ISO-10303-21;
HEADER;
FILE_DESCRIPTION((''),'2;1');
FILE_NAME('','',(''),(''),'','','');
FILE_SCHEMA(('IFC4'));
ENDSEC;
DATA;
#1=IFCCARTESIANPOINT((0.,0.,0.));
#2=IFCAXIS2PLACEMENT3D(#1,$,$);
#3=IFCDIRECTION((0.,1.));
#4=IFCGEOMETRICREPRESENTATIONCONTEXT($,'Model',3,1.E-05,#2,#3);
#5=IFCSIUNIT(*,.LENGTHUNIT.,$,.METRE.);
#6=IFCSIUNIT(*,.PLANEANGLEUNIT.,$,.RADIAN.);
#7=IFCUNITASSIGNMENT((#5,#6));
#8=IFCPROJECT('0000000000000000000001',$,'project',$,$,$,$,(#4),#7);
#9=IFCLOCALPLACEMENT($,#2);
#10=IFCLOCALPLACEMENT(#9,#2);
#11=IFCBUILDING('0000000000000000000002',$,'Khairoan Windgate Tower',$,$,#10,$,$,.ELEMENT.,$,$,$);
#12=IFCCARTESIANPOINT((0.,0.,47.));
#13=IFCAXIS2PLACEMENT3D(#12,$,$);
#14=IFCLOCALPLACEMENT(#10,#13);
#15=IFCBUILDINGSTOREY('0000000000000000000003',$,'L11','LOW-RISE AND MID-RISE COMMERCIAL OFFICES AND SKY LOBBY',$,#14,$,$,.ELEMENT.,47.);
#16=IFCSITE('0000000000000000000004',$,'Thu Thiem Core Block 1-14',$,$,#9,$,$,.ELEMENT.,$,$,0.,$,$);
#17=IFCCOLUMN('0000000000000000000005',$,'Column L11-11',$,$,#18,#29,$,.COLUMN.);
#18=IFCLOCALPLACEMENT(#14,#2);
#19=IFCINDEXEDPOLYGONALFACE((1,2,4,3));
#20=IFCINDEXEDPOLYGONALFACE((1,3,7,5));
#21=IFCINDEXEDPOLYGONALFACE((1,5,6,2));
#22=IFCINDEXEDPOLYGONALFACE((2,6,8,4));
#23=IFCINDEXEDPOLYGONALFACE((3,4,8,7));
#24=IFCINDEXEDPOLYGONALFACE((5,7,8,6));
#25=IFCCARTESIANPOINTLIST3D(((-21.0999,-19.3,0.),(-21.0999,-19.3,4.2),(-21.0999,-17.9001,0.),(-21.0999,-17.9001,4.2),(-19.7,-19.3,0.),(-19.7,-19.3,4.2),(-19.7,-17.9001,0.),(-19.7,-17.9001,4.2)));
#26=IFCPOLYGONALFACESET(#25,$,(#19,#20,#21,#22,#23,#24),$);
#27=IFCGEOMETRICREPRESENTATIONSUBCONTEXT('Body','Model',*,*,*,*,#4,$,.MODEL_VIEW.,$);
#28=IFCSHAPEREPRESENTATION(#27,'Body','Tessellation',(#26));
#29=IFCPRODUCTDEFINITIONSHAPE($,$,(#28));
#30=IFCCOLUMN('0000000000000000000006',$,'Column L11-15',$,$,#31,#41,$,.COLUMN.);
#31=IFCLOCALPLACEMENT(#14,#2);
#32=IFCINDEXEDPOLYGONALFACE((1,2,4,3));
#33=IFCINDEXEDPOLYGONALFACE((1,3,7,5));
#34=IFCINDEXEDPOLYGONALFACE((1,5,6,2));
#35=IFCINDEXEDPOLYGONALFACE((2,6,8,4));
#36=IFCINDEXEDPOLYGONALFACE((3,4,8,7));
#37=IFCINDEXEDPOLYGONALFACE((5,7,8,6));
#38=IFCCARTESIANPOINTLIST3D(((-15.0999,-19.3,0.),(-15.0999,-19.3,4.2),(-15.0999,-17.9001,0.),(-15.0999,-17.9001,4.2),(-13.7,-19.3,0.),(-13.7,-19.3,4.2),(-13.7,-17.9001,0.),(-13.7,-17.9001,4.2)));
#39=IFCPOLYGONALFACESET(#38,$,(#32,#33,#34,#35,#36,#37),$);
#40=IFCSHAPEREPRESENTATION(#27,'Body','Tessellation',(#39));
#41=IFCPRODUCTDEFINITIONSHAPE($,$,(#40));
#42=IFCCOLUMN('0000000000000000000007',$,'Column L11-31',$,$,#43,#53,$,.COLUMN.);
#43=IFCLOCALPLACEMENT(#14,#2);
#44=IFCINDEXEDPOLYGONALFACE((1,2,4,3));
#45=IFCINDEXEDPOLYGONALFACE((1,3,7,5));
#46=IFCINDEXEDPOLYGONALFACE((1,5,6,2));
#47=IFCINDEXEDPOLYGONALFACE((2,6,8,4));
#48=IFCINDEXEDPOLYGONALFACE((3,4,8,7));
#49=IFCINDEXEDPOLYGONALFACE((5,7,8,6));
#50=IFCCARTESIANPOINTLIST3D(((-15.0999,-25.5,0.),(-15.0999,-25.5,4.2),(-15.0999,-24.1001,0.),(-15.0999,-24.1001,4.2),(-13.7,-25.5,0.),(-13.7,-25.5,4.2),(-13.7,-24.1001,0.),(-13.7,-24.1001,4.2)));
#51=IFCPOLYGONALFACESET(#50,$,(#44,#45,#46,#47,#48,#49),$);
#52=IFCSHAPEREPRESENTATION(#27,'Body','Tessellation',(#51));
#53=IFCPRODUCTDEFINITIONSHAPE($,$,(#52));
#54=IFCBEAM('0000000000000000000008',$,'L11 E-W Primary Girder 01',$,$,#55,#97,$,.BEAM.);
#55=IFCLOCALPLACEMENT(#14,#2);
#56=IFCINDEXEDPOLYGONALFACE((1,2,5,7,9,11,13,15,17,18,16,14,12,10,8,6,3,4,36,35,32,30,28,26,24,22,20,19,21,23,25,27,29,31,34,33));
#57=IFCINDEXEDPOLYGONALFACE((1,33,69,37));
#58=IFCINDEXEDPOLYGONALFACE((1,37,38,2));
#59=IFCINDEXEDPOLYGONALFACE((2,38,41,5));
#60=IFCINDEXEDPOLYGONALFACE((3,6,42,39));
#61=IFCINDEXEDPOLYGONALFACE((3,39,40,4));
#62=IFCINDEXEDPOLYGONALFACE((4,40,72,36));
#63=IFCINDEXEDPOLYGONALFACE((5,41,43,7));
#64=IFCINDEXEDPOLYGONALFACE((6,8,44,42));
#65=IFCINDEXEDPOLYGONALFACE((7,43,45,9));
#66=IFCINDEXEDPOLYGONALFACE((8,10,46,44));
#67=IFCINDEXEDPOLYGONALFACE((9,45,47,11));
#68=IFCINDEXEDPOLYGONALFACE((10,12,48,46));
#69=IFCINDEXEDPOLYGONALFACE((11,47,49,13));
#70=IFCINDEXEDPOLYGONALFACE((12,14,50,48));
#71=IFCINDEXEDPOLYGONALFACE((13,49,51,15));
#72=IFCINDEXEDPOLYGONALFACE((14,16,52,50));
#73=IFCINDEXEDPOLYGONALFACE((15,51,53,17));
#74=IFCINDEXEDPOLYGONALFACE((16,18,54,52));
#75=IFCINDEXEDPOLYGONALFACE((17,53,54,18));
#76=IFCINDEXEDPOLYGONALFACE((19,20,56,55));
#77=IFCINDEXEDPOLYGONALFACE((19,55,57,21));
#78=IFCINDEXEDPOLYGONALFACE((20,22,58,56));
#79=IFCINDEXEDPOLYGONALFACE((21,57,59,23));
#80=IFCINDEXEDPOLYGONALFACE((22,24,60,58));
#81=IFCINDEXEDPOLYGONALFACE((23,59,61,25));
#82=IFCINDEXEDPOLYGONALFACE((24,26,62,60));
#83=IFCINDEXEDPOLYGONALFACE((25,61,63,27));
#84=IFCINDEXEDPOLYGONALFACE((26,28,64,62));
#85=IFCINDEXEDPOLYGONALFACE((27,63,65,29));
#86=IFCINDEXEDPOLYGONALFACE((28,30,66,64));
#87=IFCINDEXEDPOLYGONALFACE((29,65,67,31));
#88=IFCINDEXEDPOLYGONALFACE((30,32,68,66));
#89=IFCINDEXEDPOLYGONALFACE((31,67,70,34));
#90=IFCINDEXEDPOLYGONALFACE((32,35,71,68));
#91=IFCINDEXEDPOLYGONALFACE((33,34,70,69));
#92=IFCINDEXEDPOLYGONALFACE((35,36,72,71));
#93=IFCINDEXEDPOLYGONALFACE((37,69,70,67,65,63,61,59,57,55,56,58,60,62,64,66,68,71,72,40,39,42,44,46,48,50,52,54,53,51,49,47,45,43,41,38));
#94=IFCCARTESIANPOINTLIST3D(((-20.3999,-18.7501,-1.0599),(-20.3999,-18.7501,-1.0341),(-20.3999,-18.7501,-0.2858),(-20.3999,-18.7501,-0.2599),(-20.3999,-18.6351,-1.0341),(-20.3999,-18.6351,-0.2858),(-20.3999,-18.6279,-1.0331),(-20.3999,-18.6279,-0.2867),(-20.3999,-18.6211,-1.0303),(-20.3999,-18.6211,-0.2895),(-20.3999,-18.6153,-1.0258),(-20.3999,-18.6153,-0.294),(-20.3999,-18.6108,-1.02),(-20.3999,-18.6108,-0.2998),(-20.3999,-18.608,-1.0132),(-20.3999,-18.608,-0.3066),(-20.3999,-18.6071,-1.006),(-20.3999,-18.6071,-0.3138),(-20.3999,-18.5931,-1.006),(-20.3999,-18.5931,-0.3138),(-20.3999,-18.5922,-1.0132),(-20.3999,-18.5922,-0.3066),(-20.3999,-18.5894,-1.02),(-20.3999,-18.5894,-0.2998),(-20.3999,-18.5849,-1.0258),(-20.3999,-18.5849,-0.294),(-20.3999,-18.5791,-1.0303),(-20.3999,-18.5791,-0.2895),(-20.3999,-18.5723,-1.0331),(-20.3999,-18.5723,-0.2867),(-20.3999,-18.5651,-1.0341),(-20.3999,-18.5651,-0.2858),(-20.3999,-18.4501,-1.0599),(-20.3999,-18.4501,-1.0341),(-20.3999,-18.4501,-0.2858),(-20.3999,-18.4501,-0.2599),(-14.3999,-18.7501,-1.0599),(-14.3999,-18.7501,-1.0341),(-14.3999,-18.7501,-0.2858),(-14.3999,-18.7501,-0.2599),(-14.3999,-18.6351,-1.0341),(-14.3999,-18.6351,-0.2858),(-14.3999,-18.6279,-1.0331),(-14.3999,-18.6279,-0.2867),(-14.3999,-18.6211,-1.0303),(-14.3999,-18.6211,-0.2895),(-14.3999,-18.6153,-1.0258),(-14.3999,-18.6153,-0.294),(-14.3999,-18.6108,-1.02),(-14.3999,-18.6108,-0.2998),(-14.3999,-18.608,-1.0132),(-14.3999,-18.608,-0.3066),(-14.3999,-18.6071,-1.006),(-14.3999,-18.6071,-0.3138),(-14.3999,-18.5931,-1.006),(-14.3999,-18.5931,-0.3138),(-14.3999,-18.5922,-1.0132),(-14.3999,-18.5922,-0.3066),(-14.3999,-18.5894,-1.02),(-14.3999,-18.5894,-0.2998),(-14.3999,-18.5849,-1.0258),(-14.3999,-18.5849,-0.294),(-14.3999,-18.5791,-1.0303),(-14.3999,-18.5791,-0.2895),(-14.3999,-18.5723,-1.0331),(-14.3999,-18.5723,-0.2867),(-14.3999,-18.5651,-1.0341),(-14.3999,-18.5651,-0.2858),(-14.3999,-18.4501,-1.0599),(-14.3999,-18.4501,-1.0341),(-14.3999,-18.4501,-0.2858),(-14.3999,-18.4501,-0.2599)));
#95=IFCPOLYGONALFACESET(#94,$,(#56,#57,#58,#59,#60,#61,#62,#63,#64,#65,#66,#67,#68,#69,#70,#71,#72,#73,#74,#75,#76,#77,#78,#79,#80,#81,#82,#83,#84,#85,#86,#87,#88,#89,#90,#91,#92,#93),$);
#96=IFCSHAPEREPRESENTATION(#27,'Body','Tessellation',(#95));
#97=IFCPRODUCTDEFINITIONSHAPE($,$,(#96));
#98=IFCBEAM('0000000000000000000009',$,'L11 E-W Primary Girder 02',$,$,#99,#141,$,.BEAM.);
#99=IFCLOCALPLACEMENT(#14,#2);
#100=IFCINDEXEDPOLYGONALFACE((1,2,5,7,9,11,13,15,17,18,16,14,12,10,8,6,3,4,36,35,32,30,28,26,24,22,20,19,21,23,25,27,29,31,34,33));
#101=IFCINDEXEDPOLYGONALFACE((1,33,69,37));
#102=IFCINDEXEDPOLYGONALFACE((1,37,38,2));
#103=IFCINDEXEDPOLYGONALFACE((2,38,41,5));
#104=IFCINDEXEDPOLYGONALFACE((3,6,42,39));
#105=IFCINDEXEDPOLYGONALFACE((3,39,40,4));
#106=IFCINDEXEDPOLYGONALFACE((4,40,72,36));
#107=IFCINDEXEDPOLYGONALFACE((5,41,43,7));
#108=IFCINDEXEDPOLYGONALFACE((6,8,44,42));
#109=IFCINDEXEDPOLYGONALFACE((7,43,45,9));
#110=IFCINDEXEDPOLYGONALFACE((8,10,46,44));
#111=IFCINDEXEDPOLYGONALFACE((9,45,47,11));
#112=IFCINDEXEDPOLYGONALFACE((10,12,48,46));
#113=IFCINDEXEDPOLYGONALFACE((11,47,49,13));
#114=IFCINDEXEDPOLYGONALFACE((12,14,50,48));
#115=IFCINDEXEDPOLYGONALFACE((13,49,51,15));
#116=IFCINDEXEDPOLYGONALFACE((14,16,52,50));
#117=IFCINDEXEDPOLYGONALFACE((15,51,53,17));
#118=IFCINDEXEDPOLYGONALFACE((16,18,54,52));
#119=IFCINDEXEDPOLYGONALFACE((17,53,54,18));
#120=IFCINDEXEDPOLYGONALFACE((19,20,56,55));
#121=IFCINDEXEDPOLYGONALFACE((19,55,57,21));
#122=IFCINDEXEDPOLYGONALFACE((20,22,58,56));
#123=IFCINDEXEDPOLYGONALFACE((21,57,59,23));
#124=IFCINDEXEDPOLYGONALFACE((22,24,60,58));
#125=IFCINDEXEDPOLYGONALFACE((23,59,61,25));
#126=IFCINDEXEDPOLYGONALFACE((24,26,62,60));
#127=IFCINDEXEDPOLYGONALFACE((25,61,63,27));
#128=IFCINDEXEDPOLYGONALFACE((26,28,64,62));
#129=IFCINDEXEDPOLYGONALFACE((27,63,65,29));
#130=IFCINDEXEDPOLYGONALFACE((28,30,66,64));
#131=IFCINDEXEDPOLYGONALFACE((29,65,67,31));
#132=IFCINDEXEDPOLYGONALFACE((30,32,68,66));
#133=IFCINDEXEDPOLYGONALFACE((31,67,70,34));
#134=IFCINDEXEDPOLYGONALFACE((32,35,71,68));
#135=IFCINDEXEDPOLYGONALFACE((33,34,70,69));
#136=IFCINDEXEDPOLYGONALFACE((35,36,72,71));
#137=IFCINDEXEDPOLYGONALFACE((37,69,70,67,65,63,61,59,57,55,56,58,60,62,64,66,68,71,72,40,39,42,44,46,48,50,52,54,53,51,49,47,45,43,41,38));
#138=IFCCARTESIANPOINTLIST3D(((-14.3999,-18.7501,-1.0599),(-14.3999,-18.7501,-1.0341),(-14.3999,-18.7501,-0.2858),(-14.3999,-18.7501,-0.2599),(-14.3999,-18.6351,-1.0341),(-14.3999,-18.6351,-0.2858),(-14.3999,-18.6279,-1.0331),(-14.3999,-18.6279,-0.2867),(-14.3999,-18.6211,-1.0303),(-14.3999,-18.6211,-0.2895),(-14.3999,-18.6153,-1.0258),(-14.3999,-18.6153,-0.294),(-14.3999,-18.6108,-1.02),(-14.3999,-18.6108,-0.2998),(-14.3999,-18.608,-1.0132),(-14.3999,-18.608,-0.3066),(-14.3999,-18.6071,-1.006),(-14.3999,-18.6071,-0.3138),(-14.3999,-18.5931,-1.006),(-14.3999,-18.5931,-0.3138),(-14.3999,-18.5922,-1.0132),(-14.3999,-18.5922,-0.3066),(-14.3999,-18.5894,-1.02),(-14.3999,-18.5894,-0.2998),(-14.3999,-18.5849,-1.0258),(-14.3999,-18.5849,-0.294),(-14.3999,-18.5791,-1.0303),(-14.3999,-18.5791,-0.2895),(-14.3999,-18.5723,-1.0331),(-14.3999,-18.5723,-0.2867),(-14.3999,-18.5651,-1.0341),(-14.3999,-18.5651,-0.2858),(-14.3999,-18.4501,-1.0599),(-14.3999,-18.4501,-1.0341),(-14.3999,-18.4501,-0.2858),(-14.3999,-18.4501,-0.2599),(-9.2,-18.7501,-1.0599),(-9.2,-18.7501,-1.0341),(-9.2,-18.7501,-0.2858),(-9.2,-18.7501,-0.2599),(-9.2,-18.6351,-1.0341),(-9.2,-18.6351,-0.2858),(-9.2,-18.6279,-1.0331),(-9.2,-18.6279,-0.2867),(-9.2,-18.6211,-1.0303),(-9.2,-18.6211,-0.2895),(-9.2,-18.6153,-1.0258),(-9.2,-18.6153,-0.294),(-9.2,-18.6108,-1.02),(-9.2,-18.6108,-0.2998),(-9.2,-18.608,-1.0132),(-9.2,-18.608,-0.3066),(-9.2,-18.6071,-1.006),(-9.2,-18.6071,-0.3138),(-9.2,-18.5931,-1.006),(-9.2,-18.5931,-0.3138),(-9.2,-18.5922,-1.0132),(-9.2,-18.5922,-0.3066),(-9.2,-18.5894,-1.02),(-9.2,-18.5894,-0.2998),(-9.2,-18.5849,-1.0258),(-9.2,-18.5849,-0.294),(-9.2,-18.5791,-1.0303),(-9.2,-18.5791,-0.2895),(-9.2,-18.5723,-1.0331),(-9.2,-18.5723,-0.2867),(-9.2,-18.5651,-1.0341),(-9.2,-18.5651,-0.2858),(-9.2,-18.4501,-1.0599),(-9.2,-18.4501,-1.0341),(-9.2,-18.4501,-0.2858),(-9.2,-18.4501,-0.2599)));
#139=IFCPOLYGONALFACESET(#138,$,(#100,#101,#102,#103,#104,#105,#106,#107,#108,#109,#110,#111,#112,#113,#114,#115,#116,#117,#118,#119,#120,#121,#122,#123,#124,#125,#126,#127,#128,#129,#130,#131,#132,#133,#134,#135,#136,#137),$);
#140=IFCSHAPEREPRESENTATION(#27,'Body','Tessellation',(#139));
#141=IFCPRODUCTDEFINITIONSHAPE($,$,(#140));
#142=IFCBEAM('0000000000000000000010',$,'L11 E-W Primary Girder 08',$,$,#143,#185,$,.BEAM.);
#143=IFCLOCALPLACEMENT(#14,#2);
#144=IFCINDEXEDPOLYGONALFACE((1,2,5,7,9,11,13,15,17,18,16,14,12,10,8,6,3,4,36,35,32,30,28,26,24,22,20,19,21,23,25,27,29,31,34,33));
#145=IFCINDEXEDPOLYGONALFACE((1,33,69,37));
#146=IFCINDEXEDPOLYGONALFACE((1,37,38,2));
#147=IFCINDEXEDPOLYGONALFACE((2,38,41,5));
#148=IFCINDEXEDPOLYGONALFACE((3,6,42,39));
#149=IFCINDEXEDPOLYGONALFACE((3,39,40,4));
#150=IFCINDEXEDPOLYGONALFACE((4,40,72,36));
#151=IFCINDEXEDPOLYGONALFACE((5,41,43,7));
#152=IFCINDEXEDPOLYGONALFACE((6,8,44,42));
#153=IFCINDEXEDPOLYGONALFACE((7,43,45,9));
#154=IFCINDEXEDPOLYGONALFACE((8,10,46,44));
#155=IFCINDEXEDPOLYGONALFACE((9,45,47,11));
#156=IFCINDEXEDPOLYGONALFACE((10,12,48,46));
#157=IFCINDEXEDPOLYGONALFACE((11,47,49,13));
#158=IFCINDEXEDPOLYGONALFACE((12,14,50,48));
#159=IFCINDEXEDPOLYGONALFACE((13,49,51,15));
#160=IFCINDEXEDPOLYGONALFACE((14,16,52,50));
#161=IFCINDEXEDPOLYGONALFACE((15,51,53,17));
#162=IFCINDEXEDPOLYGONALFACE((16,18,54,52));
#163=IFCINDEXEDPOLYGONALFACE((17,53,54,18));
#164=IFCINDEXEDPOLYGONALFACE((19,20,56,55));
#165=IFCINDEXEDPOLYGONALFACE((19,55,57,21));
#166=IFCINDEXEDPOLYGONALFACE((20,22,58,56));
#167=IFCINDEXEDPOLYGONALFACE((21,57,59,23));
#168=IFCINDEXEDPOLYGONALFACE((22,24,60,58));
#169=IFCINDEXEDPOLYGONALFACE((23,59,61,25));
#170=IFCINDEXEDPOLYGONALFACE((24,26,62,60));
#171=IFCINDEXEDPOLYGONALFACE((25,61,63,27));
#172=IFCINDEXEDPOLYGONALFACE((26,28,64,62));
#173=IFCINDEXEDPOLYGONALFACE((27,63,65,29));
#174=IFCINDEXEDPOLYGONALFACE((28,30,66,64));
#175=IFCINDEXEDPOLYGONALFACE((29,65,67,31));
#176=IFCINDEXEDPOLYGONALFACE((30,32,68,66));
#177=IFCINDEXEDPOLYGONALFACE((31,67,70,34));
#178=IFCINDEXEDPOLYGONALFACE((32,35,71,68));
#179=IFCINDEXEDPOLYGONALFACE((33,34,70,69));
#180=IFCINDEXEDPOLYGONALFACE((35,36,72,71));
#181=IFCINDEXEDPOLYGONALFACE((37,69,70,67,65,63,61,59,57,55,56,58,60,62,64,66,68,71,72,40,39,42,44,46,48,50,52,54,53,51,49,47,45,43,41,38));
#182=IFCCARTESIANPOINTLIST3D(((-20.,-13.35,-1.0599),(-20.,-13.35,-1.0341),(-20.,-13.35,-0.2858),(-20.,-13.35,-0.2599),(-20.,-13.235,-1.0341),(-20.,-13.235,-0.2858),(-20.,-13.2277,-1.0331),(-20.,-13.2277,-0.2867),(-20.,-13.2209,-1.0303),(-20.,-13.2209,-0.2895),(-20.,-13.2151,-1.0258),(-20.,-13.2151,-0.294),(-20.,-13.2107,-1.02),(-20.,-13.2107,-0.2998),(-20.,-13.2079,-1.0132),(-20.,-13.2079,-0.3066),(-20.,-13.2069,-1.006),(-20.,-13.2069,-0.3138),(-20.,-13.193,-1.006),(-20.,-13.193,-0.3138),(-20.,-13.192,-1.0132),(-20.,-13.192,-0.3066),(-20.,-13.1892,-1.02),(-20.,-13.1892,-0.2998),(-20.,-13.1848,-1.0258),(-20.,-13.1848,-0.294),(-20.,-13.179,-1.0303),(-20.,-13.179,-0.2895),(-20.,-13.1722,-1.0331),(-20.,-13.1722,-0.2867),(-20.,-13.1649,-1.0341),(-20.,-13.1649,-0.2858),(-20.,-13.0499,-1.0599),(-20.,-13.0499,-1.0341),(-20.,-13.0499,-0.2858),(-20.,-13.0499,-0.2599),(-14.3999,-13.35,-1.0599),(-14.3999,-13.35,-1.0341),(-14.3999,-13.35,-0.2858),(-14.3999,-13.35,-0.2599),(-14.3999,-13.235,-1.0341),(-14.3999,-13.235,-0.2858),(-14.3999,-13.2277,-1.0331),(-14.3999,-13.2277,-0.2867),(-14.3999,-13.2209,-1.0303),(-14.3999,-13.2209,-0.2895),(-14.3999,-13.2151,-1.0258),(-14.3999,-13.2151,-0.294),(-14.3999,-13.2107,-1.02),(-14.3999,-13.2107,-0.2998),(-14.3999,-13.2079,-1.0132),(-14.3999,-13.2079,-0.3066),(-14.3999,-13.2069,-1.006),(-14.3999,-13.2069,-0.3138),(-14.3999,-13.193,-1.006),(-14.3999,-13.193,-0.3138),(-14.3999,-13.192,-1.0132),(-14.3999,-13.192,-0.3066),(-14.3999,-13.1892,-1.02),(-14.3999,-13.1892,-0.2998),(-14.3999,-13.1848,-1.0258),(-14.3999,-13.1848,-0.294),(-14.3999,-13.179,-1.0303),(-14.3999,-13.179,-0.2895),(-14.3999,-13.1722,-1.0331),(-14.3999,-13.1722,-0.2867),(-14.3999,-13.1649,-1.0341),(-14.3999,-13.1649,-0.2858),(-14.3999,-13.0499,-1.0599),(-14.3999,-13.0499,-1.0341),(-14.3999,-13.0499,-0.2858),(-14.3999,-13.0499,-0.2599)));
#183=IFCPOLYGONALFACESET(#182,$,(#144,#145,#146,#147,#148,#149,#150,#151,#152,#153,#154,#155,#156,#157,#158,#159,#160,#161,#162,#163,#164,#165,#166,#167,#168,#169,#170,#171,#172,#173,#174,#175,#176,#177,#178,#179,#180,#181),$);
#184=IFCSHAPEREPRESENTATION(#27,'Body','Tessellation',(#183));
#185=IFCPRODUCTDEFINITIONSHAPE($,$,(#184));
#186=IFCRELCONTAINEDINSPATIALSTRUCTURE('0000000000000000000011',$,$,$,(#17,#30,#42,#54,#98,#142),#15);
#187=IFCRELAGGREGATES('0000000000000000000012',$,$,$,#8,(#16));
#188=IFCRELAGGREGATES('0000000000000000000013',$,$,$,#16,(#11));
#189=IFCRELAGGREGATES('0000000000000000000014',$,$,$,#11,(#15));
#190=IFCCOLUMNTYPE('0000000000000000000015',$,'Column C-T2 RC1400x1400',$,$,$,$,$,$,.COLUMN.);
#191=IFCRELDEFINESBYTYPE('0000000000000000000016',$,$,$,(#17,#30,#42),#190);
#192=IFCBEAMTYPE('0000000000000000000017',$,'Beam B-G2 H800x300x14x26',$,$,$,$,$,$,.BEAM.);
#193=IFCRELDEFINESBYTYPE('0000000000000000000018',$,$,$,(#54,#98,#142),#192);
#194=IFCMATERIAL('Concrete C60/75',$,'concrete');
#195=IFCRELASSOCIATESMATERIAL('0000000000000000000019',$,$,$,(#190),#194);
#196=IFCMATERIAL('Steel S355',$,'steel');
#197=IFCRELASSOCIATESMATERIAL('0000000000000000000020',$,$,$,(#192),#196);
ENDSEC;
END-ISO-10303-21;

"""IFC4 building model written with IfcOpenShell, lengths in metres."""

from ifc_helpers import new_model, si_unit, direction, frame, origin, origin_2d, place, context, subcontext, project, spatial, rectangle, i_section, extrude, material, material_profile, profile_set, type_object, element, save


model = new_model("IFC4")

# Units and contexts
model_context = context("Model", 3, precision=1e-05, world=origin(), true_north=direction((0.0, 1.0)))
body_context = subcontext(model_context, "Body", "Model", "MODEL_VIEW")
ifc_project = project(units=[si_unit("LENGTHUNIT", "METRE"), si_unit("PLANEANGLEUNIT", "RADIAN")], contexts=[model_context])

# Site, building, storey
site_placement = place(None, origin())
site = spatial("IfcSite", under=ifc_project, at=site_placement, Name="Thu Thiem Core Block 1-14", CompositionType="ELEMENT", RefElevation=0.0)
building_placement = place(site_placement, origin())
building = spatial("IfcBuilding", under=site, at=building_placement, Name="Khairoan Windgate Tower", CompositionType="ELEMENT")
storey_placement = place(building_placement, frame((0.0, 0.0, 47.0)))
storey = spatial("IfcBuildingStorey", under=building, at=storey_placement, Name="L11", Description="LOW-RISE AND MID-RISE COMMERCIAL OFFICES AND SKY LOBBY", CompositionType="ELEMENT", Elevation=47.0)

# Columns
ifc_material_1 = material(Name="Concrete C60/75", Category="concrete")
ifc_material_profile_1 = material_profile(ifc_material_1, rectangle(XDim=1.3999, YDim=1.3999, at=origin_2d()))
ifc_profile_set_1 = profile_set([ifc_material_profile_1], Name="Concrete C60/75")
column_type = type_object("IfcColumnType", Name="Column C-T2 RC1400x1400", PredefinedType="COLUMN", material=ifc_profile_set_1)
for number, where, z_axis, x_axis, name in (
    (1, (-20.3999, -18.6001, 0.0), (0.0, 0.0, 1.0), (1.0, 0.0, 0.0), "Column L11-11"),
    (2, (-14.3999, -18.6001, 0.0), (0.0, 0.0, 1.0), (1.0, 0.0, 0.0), "Column L11-15"),
    (3, (-14.3999, -24.8, 0.0), (0.0, 0.0, 1.0), (1.0, 0.0, 0.0), "Column L11-31"),
):
    element("IfcColumn", number, at=place(storey_placement, frame(where, z_axis=z_axis, x_axis=x_axis)), inside=storey, type_object=column_type, Name=name, PredefinedType="COLUMN", context=body_context, shape_type="SweptSolid", body=[
        extrude(rectangle(XDim=1.3999, YDim=1.3999, at=origin_2d()), origin(), (0.0, 0.0, 1.0), 4.2),
    ])

# Beams
ifc_material_2 = material(Name="Steel S355", Category="steel")
ifc_material_profile_2 = material_profile(ifc_material_2, i_section(OverallWidth=0.3, OverallDepth=0.8, WebThickness=0.0139, FlangeThickness=0.0259, FilletRadius=0.0281, at=origin_2d()))
ifc_profile_set_2 = profile_set([ifc_material_profile_2], Name="Steel S355")
beam_type_1 = type_object("IfcBeamType", Name="Beam B-G2 H800x300x14x26", PredefinedType="BEAM", material=ifc_profile_set_2)
beam_1_placement = place(storey_placement, frame((-20.3999, -18.6001, -0.6599), z_axis=(1.0, 0.0, 0.0), x_axis=(0.0, 1.0, 0.0)))
element("IfcBeam", 4, at=beam_1_placement, inside=storey, type_object=beam_type_1, Name="L11 E-W Primary Girder 01", PredefinedType="BEAM", context=body_context, shape_type="SweptSolid", body=[
    extrude(i_section(OverallWidth=0.3, OverallDepth=0.8, WebThickness=0.0139, FlangeThickness=0.0259, FilletRadius=0.0281, at=origin_2d()), origin(), (0.0, 0.0, 1.0), 6.0),
])
beam_2_placement = place(storey_placement, frame((-14.3999, -18.6001, -0.6599), z_axis=(1.0, 0.0, 0.0), x_axis=(0.0, 1.0, 0.0)))
element("IfcBeam", 5, at=beam_2_placement, inside=storey, type_object=beam_type_1, Name="L11 E-W Primary Girder 02", PredefinedType="BEAM", context=body_context, shape_type="SweptSolid", body=[
    extrude(i_section(OverallWidth=0.3, OverallDepth=0.8, WebThickness=0.0139, FlangeThickness=0.0259, FilletRadius=0.0281, at=origin_2d()), origin(), (0.0, 0.0, 1.0), 5.2),
])
beam_3_placement = place(storey_placement, frame((-20.0, -13.2, -0.6599), z_axis=(1.0, 0.0, 0.0), x_axis=(0.0, 1.0, 0.0)))
element("IfcBeam", 6, at=beam_3_placement, inside=storey, type_object=beam_type_1, Name="L11 E-W Primary Girder 08", PredefinedType="BEAM", context=body_context, shape_type="SweptSolid", body=[
    extrude(i_section(OverallWidth=0.3, OverallDepth=0.8, WebThickness=0.0139, FlangeThickness=0.0259, FilletRadius=0.0281, at=origin_2d()), origin(), (0.0, 0.0, 1.0), 5.6001),
])

save(model, "model.ifc")
